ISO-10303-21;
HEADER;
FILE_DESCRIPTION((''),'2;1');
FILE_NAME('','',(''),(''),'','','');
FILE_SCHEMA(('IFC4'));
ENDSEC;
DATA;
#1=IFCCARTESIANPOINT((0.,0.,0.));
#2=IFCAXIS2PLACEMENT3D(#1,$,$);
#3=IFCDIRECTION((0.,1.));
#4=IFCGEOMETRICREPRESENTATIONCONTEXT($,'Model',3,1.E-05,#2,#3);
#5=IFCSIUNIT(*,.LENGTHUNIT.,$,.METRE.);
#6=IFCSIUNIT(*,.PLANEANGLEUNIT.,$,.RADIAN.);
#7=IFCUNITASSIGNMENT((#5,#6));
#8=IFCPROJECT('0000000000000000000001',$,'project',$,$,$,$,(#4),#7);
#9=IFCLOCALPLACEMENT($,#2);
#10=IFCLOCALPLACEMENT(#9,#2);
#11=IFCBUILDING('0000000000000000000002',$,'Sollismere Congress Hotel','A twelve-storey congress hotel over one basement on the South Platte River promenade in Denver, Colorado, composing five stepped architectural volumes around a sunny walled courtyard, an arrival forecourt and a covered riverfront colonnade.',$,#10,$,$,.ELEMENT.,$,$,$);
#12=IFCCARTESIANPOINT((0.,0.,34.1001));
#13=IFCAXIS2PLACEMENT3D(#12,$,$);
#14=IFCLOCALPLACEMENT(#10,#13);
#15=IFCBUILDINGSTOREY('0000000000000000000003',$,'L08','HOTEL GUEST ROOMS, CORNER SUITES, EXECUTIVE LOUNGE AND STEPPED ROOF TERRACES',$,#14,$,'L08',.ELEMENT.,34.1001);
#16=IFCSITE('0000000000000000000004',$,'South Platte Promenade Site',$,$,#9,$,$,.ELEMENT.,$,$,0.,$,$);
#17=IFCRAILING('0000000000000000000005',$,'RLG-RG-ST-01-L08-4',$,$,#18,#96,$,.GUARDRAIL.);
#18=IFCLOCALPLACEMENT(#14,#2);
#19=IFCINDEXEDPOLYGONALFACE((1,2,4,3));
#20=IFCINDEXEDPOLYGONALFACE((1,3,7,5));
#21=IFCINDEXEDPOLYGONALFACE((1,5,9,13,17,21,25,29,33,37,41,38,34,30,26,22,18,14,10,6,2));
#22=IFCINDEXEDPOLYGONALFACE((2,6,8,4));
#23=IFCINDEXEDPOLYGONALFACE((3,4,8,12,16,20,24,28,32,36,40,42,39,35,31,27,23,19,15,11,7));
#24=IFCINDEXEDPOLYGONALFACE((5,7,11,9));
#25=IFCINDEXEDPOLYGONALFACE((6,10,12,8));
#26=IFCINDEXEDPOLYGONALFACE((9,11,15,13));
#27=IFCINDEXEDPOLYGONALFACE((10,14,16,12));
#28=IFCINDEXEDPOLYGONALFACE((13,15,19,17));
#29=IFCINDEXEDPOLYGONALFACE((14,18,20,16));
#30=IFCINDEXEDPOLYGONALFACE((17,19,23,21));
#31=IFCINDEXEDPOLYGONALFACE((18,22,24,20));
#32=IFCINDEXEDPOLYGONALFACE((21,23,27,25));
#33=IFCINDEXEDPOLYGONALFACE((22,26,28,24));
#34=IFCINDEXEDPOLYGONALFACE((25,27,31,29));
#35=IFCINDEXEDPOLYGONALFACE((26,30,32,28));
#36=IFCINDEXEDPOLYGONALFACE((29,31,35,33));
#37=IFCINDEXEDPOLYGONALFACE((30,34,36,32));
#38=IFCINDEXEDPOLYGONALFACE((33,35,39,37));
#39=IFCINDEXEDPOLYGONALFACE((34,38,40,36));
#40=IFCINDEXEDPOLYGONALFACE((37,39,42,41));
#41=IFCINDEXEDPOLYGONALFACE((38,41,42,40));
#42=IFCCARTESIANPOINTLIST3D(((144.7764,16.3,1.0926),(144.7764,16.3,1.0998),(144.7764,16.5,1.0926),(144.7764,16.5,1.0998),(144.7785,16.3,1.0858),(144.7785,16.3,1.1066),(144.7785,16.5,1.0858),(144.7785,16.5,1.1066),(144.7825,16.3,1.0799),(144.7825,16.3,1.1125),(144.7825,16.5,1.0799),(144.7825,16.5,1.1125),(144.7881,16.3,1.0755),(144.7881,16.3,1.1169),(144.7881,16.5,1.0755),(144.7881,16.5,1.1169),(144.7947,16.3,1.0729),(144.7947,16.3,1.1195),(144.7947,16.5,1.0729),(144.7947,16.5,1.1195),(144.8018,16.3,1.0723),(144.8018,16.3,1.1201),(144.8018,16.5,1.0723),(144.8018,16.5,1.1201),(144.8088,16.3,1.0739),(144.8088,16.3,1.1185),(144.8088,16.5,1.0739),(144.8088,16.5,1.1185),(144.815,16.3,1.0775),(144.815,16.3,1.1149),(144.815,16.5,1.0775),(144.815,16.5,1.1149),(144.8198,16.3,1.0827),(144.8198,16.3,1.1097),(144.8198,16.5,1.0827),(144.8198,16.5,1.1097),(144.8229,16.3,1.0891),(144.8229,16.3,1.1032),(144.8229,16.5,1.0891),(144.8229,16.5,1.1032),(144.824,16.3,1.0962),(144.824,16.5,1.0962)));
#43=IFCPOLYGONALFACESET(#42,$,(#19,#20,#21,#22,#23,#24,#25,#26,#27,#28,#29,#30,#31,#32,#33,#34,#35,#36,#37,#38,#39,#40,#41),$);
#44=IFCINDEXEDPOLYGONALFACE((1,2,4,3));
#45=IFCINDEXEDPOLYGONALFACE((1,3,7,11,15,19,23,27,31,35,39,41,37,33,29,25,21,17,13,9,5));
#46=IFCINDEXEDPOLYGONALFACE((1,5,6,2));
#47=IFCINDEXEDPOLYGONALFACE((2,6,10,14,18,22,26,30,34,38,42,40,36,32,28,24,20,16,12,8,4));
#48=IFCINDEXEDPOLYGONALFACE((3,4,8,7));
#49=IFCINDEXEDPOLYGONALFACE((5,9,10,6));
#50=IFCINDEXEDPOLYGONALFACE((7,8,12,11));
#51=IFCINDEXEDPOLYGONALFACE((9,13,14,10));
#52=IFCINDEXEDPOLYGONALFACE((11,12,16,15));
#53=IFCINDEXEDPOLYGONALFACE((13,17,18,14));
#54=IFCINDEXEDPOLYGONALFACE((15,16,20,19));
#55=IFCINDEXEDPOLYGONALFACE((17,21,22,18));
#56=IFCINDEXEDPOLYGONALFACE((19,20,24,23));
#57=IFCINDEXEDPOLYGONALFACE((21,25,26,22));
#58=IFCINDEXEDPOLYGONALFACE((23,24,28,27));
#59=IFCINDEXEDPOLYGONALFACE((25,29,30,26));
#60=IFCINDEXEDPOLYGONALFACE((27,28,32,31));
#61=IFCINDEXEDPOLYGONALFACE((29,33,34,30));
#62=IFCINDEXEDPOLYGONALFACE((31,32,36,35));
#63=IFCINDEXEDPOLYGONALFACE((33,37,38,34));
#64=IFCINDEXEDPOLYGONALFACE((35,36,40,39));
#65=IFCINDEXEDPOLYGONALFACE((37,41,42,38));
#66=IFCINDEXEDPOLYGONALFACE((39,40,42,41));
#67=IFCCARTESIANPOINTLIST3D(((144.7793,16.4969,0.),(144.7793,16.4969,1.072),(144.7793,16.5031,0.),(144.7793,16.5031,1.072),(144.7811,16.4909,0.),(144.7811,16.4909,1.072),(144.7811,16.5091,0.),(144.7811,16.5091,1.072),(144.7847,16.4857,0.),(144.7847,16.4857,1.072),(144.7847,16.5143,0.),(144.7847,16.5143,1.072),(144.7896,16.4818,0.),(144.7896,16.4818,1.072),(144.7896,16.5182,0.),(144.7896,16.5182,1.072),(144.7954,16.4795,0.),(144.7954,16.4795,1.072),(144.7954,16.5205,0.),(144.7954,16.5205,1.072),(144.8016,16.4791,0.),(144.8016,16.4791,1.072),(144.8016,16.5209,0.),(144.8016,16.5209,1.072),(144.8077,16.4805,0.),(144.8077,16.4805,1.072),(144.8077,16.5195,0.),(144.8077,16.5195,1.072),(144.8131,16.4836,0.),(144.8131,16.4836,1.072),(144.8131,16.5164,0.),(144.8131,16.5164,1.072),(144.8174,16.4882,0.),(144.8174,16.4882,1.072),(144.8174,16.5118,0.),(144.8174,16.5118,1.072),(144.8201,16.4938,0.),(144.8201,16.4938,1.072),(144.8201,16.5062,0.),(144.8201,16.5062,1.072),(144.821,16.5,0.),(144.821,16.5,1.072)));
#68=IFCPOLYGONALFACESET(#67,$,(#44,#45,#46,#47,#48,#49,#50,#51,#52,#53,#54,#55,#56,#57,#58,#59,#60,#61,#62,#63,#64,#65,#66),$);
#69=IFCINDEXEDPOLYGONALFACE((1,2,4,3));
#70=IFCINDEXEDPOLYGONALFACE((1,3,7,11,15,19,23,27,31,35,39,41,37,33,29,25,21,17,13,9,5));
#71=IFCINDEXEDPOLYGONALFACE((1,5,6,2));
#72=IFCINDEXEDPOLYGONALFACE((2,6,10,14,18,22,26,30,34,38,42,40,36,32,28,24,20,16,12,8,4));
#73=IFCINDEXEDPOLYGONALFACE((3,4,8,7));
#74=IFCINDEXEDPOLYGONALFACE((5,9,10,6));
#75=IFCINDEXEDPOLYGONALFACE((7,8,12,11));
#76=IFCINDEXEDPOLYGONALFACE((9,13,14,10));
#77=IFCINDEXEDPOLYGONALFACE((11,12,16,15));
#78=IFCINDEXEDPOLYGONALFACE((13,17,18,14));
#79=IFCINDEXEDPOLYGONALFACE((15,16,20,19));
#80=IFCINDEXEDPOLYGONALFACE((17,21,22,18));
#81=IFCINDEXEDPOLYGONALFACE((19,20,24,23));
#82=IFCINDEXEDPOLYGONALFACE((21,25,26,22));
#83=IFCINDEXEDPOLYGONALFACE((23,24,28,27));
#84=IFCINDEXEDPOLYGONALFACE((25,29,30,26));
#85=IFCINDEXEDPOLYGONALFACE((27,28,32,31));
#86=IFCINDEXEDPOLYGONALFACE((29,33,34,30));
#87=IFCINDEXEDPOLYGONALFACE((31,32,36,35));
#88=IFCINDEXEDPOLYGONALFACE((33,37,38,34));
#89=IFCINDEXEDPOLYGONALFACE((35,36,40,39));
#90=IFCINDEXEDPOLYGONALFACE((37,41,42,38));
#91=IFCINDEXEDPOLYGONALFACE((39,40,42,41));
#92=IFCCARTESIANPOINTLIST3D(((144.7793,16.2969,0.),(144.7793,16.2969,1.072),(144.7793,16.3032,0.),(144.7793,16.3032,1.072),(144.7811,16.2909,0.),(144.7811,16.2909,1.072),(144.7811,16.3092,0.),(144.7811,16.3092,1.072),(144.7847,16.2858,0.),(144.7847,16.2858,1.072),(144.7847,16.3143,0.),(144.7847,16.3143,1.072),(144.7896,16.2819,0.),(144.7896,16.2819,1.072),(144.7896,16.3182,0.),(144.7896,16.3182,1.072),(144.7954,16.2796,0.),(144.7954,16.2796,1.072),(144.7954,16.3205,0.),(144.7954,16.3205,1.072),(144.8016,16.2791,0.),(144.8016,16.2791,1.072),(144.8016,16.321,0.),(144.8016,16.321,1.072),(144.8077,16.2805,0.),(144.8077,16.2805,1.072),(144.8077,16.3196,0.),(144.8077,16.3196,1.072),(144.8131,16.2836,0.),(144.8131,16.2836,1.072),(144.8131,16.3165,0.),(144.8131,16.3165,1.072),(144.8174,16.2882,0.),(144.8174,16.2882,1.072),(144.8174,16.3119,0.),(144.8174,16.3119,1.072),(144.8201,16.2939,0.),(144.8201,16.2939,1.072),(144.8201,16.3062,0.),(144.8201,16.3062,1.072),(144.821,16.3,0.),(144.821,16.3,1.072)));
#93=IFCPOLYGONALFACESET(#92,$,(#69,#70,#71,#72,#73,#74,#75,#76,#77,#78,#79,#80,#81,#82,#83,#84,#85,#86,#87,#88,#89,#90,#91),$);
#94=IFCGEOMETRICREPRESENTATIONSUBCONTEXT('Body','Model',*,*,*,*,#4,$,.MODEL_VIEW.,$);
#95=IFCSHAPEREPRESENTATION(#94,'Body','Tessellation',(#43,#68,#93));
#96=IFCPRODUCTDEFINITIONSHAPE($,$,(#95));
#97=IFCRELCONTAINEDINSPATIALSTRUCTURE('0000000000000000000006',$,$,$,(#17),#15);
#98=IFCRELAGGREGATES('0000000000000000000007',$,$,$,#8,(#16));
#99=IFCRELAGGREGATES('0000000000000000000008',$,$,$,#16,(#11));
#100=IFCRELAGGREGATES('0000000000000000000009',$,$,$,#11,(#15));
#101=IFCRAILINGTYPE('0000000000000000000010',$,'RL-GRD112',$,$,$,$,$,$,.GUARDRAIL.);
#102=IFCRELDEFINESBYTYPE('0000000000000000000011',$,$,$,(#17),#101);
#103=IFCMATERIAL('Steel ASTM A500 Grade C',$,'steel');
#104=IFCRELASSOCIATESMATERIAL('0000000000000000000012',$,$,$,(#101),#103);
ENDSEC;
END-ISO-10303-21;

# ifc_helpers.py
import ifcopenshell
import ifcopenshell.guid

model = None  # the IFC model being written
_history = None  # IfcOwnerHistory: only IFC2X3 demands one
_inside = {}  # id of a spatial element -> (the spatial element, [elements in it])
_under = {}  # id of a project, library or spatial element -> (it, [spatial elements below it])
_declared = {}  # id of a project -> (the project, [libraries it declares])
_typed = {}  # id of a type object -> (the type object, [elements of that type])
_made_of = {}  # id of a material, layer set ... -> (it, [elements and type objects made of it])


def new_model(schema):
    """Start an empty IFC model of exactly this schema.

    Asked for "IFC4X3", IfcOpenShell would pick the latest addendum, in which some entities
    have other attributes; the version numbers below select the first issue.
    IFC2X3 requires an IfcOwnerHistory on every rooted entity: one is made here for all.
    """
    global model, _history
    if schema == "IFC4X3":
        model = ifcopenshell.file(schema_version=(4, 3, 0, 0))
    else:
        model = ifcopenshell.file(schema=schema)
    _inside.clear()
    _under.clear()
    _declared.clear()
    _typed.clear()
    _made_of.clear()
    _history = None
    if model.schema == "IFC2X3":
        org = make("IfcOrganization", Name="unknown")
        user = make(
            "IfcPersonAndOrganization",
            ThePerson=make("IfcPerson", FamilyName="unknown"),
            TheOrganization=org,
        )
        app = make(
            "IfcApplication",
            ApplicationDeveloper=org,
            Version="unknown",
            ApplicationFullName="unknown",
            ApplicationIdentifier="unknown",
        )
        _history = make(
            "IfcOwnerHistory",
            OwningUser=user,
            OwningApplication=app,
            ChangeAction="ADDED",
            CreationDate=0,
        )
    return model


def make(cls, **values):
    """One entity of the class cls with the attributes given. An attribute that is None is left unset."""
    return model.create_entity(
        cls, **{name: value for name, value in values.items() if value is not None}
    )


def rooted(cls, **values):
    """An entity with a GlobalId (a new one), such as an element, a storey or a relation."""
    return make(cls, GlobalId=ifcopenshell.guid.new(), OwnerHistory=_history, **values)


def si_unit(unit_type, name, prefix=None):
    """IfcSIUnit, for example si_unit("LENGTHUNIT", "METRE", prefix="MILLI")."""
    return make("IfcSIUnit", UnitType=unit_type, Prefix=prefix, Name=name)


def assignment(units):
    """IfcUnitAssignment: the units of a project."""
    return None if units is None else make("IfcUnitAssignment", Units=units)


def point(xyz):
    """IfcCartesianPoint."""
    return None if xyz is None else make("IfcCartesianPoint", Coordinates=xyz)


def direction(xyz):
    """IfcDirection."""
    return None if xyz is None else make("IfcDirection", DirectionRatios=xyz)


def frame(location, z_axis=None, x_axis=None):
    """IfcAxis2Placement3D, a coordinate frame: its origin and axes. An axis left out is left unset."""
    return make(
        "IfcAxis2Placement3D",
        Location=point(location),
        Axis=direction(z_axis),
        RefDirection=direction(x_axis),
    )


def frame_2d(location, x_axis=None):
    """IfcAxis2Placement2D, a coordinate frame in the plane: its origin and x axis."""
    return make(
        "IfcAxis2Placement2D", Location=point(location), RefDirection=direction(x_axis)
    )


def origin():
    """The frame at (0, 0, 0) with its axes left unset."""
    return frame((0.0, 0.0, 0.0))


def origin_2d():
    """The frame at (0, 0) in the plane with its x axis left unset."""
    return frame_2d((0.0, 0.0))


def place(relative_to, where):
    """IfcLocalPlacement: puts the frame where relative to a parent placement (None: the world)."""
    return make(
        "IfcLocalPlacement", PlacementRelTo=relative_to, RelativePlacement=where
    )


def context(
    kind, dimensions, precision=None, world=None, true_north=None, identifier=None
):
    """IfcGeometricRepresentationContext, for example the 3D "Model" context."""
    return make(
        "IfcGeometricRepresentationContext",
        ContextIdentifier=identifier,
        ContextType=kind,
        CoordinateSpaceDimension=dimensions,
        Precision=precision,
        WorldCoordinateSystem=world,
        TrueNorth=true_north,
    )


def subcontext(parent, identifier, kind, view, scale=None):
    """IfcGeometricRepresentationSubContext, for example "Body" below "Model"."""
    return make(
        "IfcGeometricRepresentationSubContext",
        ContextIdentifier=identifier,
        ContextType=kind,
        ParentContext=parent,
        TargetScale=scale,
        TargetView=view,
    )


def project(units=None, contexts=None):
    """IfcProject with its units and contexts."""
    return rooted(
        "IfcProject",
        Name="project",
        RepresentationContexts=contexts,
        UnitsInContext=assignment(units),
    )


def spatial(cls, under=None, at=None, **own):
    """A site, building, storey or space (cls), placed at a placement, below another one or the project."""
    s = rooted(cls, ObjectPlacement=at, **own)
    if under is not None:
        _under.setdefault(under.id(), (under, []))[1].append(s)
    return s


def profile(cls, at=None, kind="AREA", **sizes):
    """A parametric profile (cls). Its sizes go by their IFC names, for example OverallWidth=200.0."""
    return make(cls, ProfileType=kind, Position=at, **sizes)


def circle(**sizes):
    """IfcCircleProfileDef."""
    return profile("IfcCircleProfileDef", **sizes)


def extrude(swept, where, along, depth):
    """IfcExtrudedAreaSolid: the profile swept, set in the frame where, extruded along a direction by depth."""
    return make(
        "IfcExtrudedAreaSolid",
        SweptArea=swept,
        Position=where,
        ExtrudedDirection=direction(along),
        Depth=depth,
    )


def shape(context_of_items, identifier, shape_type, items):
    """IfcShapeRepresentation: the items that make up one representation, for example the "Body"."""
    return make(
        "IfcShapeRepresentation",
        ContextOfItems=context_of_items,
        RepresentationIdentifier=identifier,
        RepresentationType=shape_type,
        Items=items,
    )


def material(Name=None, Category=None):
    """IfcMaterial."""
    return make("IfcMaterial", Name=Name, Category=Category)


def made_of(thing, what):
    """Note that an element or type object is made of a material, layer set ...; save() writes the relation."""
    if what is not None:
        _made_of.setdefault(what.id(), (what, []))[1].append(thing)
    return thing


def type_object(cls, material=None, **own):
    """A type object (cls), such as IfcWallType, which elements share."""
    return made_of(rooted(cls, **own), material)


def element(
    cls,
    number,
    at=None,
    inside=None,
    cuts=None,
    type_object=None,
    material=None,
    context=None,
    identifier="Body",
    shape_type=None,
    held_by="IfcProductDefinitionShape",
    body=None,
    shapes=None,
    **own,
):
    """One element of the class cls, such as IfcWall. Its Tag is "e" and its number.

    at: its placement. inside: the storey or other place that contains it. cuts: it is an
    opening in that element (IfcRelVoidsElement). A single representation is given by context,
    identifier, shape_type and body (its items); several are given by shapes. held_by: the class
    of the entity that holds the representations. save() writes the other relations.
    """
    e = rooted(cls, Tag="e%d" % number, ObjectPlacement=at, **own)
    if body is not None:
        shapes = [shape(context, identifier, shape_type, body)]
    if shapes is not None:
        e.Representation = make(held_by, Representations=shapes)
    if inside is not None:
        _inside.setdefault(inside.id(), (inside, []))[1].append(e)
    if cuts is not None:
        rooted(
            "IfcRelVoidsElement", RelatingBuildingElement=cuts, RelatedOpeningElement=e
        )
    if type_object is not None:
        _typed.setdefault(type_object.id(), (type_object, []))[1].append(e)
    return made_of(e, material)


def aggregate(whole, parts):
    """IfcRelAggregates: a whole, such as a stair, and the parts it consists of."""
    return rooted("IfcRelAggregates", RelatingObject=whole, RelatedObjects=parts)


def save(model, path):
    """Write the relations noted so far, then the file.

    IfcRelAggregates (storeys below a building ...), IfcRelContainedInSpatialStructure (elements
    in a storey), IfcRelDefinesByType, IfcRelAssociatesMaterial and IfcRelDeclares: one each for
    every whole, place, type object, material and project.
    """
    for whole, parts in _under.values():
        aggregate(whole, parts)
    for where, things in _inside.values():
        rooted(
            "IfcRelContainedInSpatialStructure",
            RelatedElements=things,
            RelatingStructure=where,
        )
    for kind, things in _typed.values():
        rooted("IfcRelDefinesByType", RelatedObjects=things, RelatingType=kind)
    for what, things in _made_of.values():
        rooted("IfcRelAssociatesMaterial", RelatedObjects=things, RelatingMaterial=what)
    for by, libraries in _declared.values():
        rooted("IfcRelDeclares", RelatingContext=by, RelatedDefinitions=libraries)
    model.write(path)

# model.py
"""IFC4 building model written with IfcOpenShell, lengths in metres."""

from ifc_helpers import new_model, si_unit, direction, frame, origin, origin_2d, place, context, subcontext, project, spatial, circle, extrude, material, type_object, element, save


model = new_model("IFC4")

# Units and contexts
model_context = context("Model", 3, precision=1e-05, world=origin(), true_north=direction((0.0, 1.0)))
body_context = subcontext(model_context, "Body", "Model", "MODEL_VIEW")
ifc_project = project(units=[si_unit("LENGTHUNIT", "METRE"), si_unit("PLANEANGLEUNIT", "RADIAN")], contexts=[model_context])

# Site, building, storey
site_placement = place(None, origin())
site = spatial("IfcSite", under=ifc_project, at=site_placement, Name="South Platte Promenade Site", CompositionType="ELEMENT", RefElevation=0.0)
building_placement = place(site_placement, origin())
building = spatial("IfcBuilding", under=site, at=building_placement, Name="Sollismere Congress Hotel", Description="A twelve-storey congress hotel over one basement on the South Platte River promenade in Denver, Colorado, composing five stepped architectural volumes around a sunny walled courtyard, an arrival forecourt and a covered riverfront colonnade.", CompositionType="ELEMENT")
storey_placement = place(building_placement, frame((0.0, 0.0, 34.1001)))
storey = spatial("IfcBuildingStorey", under=building, at=storey_placement, Name="L08", Description="HOTEL GUEST ROOMS, CORNER SUITES, EXECUTIVE LOUNGE AND STEPPED ROOF TERRACES", LongName="L08", CompositionType="ELEMENT", Elevation=34.1001)

# Railing
ifc_material_1 = material(Name="Steel ASTM A500 Grade C", Category="steel")
railing_type_1 = type_object("IfcRailingType", Name="RL-GRD112", PredefinedType="GUARDRAIL", material=ifc_material_1)
railing_1_placement = place(storey_placement, frame((144.8, 16.5, 0.0)))
element("IfcRailing", 1, at=railing_1_placement, inside=storey, type_object=railing_type_1, Name="RLG-RG-ST-01-L08-4", PredefinedType="GUARDRAIL", context=body_context, shape_type="SweptSolid", body=[
    extrude(circle(Radius=0.0239, at=origin_2d()), frame((0.0, 0.0, 1.0962), z_axis=(0.0, -1.0, 0.0), x_axis=(1.0, 0.0, 0.0)), (0.0, 0.0, 1.0), 0.2),
    extrude(circle(Radius=0.021, at=origin_2d()), origin(), (0.0, 0.0, 1.0), 1.072),
    extrude(circle(Radius=0.021, at=origin_2d()), frame((0.0, -0.2, 0.0)), (0.0, 0.0, 1.0), 1.072),
])

save(model, "model.ifc")
